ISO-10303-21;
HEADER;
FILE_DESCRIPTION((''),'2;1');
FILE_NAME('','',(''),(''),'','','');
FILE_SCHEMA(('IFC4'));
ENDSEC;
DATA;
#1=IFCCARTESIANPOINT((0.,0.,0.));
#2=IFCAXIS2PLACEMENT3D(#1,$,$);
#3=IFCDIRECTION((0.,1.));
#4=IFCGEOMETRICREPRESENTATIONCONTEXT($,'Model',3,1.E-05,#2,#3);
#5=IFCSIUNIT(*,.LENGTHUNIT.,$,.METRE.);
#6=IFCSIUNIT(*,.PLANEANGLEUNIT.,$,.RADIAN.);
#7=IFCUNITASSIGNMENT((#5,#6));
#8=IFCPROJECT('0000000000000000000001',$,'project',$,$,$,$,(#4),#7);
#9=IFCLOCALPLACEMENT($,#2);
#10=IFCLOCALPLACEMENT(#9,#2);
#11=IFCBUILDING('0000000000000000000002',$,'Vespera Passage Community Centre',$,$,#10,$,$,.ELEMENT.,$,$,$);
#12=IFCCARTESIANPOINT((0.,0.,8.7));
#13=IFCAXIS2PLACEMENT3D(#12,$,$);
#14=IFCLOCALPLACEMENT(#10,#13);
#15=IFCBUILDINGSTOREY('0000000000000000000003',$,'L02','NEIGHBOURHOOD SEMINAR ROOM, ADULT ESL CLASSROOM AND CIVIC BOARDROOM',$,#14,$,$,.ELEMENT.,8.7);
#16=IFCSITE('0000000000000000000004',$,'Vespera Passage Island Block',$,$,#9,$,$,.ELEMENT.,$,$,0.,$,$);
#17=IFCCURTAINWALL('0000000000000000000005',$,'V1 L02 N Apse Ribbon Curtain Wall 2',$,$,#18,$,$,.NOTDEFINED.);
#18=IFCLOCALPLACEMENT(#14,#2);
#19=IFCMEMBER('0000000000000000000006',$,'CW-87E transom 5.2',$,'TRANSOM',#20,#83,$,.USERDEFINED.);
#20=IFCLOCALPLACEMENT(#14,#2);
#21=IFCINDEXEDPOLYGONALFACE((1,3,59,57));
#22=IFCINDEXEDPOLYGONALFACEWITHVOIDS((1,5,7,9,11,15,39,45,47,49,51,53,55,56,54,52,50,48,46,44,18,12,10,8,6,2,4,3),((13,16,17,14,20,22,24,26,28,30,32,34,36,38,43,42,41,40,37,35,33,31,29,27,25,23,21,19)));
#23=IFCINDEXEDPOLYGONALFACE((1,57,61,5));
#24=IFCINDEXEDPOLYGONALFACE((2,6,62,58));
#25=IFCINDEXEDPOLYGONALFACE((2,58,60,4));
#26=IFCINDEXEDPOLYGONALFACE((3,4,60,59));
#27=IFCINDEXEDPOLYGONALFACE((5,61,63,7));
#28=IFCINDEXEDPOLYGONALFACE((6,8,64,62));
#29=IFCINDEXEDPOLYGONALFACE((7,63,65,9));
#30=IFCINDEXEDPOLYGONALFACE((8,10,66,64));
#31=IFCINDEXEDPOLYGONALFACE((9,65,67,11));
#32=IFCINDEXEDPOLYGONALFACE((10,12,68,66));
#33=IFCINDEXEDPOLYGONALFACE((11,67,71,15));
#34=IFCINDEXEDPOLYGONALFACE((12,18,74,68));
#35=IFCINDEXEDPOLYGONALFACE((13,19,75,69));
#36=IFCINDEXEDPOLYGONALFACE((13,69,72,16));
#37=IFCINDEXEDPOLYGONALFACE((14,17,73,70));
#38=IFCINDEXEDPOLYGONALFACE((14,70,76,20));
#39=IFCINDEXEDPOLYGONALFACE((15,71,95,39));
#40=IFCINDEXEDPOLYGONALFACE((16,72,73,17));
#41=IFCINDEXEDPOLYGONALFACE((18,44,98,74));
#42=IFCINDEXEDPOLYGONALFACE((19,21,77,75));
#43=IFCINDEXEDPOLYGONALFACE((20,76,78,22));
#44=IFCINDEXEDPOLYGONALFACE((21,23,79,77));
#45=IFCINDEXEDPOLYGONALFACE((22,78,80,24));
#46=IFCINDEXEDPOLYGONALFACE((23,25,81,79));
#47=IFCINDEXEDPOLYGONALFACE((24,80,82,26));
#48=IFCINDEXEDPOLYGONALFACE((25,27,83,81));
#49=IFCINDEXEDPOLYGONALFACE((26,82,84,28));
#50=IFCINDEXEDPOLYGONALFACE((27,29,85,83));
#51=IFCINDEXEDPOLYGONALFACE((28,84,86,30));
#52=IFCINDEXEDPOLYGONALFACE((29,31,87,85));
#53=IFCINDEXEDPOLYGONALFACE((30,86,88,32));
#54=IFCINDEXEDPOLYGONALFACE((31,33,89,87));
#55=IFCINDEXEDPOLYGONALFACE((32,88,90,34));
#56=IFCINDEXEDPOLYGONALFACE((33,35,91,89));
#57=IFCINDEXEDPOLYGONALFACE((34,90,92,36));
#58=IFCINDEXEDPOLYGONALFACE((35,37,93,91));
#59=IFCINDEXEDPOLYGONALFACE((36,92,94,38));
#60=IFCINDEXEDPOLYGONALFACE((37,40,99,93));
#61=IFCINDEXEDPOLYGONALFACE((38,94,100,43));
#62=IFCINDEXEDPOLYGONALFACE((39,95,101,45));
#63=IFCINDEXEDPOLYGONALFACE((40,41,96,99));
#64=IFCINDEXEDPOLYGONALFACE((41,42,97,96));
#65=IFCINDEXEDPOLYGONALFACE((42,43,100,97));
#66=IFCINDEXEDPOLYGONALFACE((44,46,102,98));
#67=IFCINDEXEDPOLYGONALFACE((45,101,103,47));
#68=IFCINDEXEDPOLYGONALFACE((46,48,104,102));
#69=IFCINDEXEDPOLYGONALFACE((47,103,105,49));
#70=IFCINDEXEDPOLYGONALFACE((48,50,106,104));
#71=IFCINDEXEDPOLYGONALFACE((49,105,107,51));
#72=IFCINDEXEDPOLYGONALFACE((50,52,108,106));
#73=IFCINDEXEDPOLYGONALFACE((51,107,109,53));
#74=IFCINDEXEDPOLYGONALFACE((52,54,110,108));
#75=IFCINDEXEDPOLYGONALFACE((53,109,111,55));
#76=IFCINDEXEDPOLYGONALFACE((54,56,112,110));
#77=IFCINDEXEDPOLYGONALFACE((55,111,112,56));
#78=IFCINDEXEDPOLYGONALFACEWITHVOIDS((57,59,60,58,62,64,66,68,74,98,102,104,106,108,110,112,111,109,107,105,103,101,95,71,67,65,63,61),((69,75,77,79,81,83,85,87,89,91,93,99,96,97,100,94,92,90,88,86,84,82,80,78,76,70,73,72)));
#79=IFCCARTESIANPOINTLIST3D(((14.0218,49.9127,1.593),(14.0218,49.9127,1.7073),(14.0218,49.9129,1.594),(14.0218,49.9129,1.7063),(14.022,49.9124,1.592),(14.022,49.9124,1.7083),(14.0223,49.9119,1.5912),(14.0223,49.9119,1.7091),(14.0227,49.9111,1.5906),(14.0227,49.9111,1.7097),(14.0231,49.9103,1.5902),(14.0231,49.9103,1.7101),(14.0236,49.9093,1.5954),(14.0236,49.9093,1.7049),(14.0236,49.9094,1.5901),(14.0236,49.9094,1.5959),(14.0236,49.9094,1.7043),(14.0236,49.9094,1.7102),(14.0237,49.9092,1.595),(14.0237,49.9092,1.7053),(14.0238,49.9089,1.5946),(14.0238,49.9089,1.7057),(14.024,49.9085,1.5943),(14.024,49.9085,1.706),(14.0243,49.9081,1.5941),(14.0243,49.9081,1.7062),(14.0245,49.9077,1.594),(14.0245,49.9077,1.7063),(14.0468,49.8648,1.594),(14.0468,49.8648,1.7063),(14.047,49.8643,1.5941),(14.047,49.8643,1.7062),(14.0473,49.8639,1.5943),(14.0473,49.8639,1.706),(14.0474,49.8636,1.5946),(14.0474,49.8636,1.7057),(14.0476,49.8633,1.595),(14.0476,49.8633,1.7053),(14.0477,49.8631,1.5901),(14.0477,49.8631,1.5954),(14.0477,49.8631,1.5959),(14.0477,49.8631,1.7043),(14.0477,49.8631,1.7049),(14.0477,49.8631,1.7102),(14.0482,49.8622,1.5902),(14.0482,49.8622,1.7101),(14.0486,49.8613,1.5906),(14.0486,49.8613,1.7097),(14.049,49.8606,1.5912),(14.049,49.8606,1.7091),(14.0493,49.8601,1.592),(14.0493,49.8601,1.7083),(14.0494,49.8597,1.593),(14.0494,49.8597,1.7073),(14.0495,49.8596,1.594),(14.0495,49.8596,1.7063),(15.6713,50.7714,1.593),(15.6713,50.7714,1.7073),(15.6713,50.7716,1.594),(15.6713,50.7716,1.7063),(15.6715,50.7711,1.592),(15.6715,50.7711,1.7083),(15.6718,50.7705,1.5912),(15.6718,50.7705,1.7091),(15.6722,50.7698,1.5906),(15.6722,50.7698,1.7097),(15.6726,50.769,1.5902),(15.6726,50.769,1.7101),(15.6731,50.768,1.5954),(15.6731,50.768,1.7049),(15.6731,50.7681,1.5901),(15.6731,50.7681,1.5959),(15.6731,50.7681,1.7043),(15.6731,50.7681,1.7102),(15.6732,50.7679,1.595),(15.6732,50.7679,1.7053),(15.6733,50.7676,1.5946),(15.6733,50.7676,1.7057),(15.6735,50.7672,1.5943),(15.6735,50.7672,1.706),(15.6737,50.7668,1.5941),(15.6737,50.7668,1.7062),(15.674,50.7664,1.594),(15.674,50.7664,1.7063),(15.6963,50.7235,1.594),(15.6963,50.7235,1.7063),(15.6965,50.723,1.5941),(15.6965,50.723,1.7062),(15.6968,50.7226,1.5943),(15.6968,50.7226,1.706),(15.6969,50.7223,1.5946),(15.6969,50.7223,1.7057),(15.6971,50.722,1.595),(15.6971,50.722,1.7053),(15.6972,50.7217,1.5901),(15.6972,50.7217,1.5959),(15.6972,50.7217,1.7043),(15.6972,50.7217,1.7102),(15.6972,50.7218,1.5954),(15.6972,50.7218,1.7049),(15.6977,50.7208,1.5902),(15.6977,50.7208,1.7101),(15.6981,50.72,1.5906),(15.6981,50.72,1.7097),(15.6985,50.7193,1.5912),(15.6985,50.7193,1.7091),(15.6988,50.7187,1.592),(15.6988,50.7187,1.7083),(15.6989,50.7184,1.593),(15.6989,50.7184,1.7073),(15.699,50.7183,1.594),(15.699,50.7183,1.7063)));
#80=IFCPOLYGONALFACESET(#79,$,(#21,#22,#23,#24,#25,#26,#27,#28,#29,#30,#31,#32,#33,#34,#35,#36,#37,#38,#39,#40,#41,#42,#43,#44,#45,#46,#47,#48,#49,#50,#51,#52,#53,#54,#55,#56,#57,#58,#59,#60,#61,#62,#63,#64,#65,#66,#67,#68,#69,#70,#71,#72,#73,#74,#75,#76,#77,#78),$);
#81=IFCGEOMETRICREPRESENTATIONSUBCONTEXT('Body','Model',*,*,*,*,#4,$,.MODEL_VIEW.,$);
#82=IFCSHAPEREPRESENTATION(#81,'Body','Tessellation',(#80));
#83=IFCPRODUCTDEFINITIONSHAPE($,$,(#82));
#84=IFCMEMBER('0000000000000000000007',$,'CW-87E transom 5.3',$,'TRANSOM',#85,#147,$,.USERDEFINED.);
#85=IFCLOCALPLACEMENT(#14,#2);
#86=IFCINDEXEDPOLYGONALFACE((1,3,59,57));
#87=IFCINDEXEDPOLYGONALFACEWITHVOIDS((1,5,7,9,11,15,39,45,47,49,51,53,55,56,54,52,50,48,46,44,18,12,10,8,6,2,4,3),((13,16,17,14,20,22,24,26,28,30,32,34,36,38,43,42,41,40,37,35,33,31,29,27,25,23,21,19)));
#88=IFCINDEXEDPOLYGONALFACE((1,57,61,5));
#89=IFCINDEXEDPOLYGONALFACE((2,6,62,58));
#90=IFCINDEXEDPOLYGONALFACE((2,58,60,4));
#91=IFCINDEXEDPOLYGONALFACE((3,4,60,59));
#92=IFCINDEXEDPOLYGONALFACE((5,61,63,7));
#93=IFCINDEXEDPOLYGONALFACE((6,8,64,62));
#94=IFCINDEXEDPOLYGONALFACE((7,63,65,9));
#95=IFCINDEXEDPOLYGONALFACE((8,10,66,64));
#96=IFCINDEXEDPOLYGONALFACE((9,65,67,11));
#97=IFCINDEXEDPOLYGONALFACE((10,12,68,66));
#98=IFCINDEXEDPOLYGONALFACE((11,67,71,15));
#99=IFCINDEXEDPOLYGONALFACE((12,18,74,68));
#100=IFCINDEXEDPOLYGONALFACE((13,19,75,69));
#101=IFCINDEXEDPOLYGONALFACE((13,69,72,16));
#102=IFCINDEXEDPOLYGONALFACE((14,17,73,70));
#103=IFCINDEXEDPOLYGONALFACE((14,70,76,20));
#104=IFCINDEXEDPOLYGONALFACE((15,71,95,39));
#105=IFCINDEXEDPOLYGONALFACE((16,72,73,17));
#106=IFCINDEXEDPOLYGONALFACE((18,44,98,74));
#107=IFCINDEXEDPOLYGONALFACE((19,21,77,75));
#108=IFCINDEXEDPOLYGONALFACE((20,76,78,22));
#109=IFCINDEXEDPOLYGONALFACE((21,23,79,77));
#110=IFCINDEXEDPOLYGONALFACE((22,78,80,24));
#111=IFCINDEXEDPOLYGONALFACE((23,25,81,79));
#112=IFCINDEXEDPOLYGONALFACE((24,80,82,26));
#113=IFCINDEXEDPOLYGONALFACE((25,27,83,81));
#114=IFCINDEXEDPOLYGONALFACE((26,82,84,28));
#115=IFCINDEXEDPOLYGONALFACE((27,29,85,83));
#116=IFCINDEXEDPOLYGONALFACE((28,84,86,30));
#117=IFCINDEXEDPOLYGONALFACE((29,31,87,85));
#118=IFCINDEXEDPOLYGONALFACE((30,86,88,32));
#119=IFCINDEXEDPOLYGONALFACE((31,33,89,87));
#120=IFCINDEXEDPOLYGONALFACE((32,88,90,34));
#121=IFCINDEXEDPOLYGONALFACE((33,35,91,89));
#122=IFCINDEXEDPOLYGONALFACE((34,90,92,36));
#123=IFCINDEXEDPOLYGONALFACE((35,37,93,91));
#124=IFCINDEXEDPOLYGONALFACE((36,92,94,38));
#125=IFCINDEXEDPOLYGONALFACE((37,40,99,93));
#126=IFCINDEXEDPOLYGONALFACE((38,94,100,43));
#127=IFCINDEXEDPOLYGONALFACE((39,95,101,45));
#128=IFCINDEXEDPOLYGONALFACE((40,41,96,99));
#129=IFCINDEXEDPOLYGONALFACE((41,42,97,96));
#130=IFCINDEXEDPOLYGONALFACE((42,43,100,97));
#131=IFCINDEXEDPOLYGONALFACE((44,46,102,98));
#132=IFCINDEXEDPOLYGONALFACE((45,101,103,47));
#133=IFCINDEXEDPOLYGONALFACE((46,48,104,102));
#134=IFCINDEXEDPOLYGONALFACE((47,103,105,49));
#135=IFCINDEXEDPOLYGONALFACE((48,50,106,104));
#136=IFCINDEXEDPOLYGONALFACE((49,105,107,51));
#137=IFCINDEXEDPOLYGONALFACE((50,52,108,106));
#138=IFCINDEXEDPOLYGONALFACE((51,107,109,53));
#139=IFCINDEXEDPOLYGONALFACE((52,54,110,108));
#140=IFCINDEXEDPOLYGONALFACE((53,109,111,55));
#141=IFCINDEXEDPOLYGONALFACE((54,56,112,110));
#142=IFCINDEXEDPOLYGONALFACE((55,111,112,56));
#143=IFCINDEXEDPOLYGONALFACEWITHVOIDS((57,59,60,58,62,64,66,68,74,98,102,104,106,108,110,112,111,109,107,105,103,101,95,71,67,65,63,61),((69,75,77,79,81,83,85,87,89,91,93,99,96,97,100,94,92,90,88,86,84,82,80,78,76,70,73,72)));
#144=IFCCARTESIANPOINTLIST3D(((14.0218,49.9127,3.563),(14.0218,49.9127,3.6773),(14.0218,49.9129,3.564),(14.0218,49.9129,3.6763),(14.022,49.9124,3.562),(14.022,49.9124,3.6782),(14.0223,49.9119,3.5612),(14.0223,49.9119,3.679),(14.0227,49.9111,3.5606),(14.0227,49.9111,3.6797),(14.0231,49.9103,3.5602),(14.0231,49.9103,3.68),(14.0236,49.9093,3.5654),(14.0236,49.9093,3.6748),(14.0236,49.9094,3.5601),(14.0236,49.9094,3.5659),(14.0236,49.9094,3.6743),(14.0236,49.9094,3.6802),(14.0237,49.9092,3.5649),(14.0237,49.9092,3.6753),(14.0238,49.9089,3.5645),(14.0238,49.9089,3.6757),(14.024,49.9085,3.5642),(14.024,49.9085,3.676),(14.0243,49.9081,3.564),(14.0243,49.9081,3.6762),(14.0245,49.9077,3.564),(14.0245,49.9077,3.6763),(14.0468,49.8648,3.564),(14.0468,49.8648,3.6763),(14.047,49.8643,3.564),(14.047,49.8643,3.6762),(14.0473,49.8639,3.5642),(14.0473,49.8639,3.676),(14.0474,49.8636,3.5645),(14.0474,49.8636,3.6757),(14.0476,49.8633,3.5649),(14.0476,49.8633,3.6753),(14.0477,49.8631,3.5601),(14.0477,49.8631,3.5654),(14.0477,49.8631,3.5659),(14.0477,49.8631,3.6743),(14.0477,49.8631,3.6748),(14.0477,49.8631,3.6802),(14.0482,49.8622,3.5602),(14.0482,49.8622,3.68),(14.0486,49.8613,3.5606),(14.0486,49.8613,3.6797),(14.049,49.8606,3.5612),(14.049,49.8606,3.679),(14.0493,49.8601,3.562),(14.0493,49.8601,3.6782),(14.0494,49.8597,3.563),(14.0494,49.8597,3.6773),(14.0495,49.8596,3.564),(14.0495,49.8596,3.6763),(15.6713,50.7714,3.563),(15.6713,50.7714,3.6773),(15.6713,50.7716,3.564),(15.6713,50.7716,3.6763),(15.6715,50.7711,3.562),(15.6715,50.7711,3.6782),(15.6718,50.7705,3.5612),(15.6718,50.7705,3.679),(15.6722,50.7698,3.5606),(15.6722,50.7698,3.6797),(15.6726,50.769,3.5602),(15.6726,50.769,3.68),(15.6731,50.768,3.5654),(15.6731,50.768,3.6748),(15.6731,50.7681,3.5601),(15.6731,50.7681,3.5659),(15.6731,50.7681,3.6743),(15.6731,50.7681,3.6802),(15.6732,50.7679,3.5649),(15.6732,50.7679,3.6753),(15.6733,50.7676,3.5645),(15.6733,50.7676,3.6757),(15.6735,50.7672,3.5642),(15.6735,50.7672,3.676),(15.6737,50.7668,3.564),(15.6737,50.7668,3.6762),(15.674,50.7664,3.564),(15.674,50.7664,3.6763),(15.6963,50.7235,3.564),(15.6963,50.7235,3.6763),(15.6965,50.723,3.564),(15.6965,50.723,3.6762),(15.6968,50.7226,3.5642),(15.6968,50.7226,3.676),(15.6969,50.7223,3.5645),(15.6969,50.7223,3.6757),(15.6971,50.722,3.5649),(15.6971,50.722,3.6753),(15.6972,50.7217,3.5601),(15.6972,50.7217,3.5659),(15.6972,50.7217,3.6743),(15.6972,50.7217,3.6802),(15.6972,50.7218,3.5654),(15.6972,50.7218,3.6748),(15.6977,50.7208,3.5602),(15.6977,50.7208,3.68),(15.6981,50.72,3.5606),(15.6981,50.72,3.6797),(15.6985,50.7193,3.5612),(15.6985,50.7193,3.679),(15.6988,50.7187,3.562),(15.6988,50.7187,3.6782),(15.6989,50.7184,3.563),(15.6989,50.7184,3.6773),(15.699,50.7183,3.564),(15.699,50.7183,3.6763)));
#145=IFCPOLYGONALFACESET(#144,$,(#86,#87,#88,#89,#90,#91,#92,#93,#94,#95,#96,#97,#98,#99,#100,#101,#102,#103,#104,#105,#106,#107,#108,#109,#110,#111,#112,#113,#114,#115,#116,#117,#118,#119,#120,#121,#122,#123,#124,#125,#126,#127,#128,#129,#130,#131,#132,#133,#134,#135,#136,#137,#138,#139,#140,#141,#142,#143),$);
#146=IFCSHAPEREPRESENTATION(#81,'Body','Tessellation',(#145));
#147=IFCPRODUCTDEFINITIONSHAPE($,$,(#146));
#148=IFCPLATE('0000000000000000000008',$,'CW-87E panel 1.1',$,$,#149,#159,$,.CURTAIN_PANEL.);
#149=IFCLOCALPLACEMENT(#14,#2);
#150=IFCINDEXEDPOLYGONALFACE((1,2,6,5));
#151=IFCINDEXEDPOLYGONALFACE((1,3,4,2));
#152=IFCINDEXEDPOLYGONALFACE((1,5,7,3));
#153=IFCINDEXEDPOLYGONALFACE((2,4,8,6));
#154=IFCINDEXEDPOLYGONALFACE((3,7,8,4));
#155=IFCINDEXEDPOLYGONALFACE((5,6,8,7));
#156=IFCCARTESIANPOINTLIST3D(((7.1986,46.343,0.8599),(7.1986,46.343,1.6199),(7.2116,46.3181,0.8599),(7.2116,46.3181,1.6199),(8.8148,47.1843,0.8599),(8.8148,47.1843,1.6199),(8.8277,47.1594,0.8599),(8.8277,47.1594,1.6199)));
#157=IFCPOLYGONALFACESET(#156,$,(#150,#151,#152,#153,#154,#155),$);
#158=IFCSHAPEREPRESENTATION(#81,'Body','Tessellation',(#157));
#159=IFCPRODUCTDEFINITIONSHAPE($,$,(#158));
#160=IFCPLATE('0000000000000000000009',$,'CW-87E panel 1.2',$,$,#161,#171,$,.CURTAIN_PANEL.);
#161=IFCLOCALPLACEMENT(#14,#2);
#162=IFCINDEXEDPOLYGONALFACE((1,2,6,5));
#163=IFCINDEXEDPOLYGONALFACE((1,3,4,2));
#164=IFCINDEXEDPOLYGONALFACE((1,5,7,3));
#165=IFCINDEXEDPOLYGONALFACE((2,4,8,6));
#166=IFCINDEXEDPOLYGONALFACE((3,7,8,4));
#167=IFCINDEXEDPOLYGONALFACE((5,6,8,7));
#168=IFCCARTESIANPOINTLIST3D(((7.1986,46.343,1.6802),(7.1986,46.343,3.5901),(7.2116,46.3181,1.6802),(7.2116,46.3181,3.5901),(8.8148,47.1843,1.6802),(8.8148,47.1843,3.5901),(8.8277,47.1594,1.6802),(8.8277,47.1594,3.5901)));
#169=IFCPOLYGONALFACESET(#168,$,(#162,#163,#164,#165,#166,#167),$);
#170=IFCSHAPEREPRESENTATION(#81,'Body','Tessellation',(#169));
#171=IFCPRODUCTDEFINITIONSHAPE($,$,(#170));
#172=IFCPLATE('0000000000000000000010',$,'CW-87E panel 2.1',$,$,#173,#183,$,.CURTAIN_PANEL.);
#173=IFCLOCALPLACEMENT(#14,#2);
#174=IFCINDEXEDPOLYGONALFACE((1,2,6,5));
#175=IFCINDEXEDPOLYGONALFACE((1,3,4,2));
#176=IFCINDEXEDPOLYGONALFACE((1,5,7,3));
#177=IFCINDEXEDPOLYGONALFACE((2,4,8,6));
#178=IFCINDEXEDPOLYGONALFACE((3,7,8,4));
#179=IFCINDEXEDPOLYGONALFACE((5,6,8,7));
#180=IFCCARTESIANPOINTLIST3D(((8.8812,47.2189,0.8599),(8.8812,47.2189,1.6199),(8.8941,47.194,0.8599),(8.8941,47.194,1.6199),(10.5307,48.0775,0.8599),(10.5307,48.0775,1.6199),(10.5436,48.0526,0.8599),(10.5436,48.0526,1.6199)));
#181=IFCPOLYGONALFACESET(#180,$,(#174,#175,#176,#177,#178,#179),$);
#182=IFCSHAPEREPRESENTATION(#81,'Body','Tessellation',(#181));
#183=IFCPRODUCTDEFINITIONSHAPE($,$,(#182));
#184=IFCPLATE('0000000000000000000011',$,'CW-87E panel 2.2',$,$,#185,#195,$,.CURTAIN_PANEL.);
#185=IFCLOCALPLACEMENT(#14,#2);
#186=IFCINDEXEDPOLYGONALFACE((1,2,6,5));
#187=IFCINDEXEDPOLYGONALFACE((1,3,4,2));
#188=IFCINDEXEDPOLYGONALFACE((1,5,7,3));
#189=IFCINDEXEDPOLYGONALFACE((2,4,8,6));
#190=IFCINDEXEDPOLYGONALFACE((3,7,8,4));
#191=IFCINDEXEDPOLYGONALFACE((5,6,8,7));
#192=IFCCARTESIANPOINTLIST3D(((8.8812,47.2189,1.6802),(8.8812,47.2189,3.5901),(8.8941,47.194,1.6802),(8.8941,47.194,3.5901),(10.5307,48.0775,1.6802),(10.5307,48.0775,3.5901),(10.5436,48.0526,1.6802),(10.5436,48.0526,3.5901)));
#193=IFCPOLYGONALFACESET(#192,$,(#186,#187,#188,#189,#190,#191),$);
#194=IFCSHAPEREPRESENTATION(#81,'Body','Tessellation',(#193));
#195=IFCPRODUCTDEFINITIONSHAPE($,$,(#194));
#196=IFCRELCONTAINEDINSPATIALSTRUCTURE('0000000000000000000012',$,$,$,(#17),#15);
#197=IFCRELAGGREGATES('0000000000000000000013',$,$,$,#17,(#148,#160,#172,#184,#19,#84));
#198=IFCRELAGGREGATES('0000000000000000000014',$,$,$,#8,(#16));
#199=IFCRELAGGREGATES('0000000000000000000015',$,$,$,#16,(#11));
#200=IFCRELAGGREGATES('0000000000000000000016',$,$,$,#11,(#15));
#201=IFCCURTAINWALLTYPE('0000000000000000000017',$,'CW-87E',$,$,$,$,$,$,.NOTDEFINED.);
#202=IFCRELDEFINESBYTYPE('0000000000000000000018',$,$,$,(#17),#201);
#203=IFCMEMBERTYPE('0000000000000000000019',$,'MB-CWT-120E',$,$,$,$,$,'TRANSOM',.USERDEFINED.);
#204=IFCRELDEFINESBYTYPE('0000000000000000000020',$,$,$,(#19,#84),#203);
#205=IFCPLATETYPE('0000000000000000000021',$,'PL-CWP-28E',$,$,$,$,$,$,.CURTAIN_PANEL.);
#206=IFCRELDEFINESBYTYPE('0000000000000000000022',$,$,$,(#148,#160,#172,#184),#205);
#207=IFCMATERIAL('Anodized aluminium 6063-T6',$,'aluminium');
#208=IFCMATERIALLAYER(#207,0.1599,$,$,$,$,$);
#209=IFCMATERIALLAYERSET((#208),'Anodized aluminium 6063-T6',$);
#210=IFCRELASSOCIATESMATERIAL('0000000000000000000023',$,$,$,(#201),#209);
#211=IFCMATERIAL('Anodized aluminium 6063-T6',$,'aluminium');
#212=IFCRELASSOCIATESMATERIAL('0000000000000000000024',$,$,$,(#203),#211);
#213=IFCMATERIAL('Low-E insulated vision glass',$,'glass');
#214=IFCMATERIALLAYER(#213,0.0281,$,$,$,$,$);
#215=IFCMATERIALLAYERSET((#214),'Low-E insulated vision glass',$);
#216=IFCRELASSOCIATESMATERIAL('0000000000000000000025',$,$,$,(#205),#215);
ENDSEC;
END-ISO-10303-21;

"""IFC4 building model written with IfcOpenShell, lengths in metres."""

from ifc_helpers import new_model, si_unit, direction, frame, origin, origin_2d, place, context, subcontext, project, spatial, rectangle, hollow_rectangle, extrude, material, layer, layer_set, material_profile, profile_set, type_object, element, aggregate, save


model = new_model("IFC4")

# Units and contexts
model_context = context("Model", 3, precision=1e-05, world=origin(), true_north=direction((0.0, 1.0)))
body_context = subcontext(model_context, "Body", "Model", "MODEL_VIEW")
ifc_project = project(units=[si_unit("LENGTHUNIT", "METRE"), si_unit("PLANEANGLEUNIT", "RADIAN")], contexts=[model_context])

# Site, building, storey
site_placement = place(None, origin())
site = spatial("IfcSite", under=ifc_project, at=site_placement, Name="Vespera Passage Island Block", CompositionType="ELEMENT", RefElevation=0.0)
building_placement = place(site_placement, origin())
building = spatial("IfcBuilding", under=site, at=building_placement, Name="Vespera Passage Community Centre", CompositionType="ELEMENT")
storey_placement = place(building_placement, frame((0.0, 0.0, 8.7)))
storey = spatial("IfcBuildingStorey", under=building, at=storey_placement, Name="L02", Description="NEIGHBOURHOOD SEMINAR ROOM, ADULT ESL CLASSROOM AND CIVIC BOARDROOM", CompositionType="ELEMENT", Elevation=8.7)

# Curtain wall, members, plates
ifc_material_1 = material(Name="Anodized aluminium 6063-T6", Category="aluminium")
ifc_layer_1 = layer(ifc_material_1, 0.1599)
ifc_layer_set_1 = layer_set([ifc_layer_1], Name="Anodized aluminium 6063-T6")
curtain_wall_type = type_object("IfcCurtainWallType", Name="CW-87E", PredefinedType="NOTDEFINED", material=ifc_layer_set_1)
curtain_wall_placement = place(storey_placement, origin())
curtain_wall = element("IfcCurtainWall", 1, at=curtain_wall_placement, inside=storey, type_object=curtain_wall_type, Name="V1 L02 N Apse Ribbon Curtain Wall 2", PredefinedType="NOTDEFINED")
ifc_material_2 = material(Name="Anodized aluminium 6063-T6", Category="aluminium")
ifc_material_profile_1 = material_profile(ifc_material_2, hollow_rectangle(XDim=0.0601, YDim=0.1201, WallThickness=0.0039, InnerFilletRadius=0.002, OuterFilletRadius=0.0039, at=origin_2d()), Name="ALU120X60X4")
ifc_profile_set_1 = profile_set([ifc_material_profile_1], Name="Anodized aluminium 6063-T6")
member_type_1 = type_object("IfcMemberType", Name="MB-CWT-120E", ElementType="TRANSOM", PredefinedType="USERDEFINED", material=ifc_profile_set_1)
member_1_placement = place(storey_placement, frame((14.0356, 49.8862, 1.6501), z_axis=(0.887008, 0.461754, 0.0), x_axis=(-0.461754, 0.887008, 0.0)))
member_1 = element("IfcMember", 2, at=member_1_placement, type_object=member_type_1, Name="CW-87E transom 5.2", ObjectType="TRANSOM", PredefinedType="USERDEFINED", context=body_context, shape_type="SweptSolid", body=[
    extrude(hollow_rectangle(XDim=0.0601, YDim=0.1201, WallThickness=0.0039, InnerFilletRadius=0.002, OuterFilletRadius=0.0039, at=origin_2d()), origin(), (0.0, 0.0, 1.0), 1.8596),
])
member_2_placement = place(storey_placement, frame((14.0356, 49.8862, 3.6201), z_axis=(0.887008, 0.461754, 0.0), x_axis=(-0.461754, 0.887008, 0.0)))
member_2 = element("IfcMember", 3, at=member_2_placement, type_object=member_type_1, Name="CW-87E transom 5.3", ObjectType="TRANSOM", PredefinedType="USERDEFINED", context=body_context, shape_type="SweptSolid", body=[
    extrude(hollow_rectangle(XDim=0.0601, YDim=0.1201, WallThickness=0.0039, InnerFilletRadius=0.002, OuterFilletRadius=0.0039, at=origin_2d()), origin(), (0.0, 0.0, 1.0), 1.8596),
])
ifc_material_3 = material(Name="Low-E insulated vision glass", Category="glass")
ifc_layer_2 = layer(ifc_material_3, 0.0281)
ifc_layer_set_2 = layer_set([ifc_layer_2], Name="Low-E insulated vision glass")
plate_type = type_object("IfcPlateType", Name="PL-CWP-28E", PredefinedType="CURTAIN_PANEL", material=ifc_layer_set_2)
plate_1_placement = place(storey_placement, frame((8.0132, 46.7512, 0.8599), z_axis=(0.0, 0.0, 1.0), x_axis=(0.887013, 0.461745, 0.0)))
plate_1 = element("IfcPlate", 4, at=plate_1_placement, type_object=plate_type, Name="CW-87E panel 1.1", PredefinedType="CURTAIN_PANEL", context=body_context, shape_type="SweptSolid", body=[
    extrude(rectangle(XDim=1.822, YDim=0.0281, at=origin_2d()), origin(), (0.0, 0.0, 1.0), 0.76),
])
plate_2_placement = place(storey_placement, frame((8.0132, 46.7512, 1.6802), z_axis=(0.0, 0.0, 1.0), x_axis=(0.887013, 0.461745, 0.0)))
plate_2 = element("IfcPlate", 5, at=plate_2_placement, type_object=plate_type, Name="CW-87E panel 1.2", PredefinedType="CURTAIN_PANEL", context=body_context, shape_type="SweptSolid", body=[
    extrude(rectangle(XDim=1.822, YDim=0.0281, at=origin_2d()), origin(), (0.0, 0.0, 1.0), 1.9099),
])
plate_3_placement = place(storey_placement, frame((9.7124, 47.6357, 0.8599), z_axis=(0.0, 0.0, 1.0), x_axis=(0.887013, 0.461745, 0.0)))
plate_3 = element("IfcPlate", 6, at=plate_3_placement, type_object=plate_type, Name="CW-87E panel 2.1", PredefinedType="CURTAIN_PANEL", context=body_context, shape_type="SweptSolid", body=[
    extrude(rectangle(XDim=1.8596, YDim=0.0281, at=origin_2d()), origin(), (0.0, 0.0, 1.0), 0.76),
])
plate_4_placement = place(storey_placement, frame((9.7124, 47.6357, 1.6802), z_axis=(0.0, 0.0, 1.0), x_axis=(0.887013, 0.461745, 0.0)))
plate_4 = element("IfcPlate", 7, at=plate_4_placement, type_object=plate_type, Name="CW-87E panel 2.2", PredefinedType="CURTAIN_PANEL", context=body_context, shape_type="SweptSolid", body=[
    extrude(rectangle(XDim=1.8596, YDim=0.0281, at=origin_2d()), origin(), (0.0, 0.0, 1.0), 1.9099),
])
aggregate(curtain_wall, [plate_1, plate_2, plate_3, plate_4, member_1, member_2])

save(model, "model.ifc")
